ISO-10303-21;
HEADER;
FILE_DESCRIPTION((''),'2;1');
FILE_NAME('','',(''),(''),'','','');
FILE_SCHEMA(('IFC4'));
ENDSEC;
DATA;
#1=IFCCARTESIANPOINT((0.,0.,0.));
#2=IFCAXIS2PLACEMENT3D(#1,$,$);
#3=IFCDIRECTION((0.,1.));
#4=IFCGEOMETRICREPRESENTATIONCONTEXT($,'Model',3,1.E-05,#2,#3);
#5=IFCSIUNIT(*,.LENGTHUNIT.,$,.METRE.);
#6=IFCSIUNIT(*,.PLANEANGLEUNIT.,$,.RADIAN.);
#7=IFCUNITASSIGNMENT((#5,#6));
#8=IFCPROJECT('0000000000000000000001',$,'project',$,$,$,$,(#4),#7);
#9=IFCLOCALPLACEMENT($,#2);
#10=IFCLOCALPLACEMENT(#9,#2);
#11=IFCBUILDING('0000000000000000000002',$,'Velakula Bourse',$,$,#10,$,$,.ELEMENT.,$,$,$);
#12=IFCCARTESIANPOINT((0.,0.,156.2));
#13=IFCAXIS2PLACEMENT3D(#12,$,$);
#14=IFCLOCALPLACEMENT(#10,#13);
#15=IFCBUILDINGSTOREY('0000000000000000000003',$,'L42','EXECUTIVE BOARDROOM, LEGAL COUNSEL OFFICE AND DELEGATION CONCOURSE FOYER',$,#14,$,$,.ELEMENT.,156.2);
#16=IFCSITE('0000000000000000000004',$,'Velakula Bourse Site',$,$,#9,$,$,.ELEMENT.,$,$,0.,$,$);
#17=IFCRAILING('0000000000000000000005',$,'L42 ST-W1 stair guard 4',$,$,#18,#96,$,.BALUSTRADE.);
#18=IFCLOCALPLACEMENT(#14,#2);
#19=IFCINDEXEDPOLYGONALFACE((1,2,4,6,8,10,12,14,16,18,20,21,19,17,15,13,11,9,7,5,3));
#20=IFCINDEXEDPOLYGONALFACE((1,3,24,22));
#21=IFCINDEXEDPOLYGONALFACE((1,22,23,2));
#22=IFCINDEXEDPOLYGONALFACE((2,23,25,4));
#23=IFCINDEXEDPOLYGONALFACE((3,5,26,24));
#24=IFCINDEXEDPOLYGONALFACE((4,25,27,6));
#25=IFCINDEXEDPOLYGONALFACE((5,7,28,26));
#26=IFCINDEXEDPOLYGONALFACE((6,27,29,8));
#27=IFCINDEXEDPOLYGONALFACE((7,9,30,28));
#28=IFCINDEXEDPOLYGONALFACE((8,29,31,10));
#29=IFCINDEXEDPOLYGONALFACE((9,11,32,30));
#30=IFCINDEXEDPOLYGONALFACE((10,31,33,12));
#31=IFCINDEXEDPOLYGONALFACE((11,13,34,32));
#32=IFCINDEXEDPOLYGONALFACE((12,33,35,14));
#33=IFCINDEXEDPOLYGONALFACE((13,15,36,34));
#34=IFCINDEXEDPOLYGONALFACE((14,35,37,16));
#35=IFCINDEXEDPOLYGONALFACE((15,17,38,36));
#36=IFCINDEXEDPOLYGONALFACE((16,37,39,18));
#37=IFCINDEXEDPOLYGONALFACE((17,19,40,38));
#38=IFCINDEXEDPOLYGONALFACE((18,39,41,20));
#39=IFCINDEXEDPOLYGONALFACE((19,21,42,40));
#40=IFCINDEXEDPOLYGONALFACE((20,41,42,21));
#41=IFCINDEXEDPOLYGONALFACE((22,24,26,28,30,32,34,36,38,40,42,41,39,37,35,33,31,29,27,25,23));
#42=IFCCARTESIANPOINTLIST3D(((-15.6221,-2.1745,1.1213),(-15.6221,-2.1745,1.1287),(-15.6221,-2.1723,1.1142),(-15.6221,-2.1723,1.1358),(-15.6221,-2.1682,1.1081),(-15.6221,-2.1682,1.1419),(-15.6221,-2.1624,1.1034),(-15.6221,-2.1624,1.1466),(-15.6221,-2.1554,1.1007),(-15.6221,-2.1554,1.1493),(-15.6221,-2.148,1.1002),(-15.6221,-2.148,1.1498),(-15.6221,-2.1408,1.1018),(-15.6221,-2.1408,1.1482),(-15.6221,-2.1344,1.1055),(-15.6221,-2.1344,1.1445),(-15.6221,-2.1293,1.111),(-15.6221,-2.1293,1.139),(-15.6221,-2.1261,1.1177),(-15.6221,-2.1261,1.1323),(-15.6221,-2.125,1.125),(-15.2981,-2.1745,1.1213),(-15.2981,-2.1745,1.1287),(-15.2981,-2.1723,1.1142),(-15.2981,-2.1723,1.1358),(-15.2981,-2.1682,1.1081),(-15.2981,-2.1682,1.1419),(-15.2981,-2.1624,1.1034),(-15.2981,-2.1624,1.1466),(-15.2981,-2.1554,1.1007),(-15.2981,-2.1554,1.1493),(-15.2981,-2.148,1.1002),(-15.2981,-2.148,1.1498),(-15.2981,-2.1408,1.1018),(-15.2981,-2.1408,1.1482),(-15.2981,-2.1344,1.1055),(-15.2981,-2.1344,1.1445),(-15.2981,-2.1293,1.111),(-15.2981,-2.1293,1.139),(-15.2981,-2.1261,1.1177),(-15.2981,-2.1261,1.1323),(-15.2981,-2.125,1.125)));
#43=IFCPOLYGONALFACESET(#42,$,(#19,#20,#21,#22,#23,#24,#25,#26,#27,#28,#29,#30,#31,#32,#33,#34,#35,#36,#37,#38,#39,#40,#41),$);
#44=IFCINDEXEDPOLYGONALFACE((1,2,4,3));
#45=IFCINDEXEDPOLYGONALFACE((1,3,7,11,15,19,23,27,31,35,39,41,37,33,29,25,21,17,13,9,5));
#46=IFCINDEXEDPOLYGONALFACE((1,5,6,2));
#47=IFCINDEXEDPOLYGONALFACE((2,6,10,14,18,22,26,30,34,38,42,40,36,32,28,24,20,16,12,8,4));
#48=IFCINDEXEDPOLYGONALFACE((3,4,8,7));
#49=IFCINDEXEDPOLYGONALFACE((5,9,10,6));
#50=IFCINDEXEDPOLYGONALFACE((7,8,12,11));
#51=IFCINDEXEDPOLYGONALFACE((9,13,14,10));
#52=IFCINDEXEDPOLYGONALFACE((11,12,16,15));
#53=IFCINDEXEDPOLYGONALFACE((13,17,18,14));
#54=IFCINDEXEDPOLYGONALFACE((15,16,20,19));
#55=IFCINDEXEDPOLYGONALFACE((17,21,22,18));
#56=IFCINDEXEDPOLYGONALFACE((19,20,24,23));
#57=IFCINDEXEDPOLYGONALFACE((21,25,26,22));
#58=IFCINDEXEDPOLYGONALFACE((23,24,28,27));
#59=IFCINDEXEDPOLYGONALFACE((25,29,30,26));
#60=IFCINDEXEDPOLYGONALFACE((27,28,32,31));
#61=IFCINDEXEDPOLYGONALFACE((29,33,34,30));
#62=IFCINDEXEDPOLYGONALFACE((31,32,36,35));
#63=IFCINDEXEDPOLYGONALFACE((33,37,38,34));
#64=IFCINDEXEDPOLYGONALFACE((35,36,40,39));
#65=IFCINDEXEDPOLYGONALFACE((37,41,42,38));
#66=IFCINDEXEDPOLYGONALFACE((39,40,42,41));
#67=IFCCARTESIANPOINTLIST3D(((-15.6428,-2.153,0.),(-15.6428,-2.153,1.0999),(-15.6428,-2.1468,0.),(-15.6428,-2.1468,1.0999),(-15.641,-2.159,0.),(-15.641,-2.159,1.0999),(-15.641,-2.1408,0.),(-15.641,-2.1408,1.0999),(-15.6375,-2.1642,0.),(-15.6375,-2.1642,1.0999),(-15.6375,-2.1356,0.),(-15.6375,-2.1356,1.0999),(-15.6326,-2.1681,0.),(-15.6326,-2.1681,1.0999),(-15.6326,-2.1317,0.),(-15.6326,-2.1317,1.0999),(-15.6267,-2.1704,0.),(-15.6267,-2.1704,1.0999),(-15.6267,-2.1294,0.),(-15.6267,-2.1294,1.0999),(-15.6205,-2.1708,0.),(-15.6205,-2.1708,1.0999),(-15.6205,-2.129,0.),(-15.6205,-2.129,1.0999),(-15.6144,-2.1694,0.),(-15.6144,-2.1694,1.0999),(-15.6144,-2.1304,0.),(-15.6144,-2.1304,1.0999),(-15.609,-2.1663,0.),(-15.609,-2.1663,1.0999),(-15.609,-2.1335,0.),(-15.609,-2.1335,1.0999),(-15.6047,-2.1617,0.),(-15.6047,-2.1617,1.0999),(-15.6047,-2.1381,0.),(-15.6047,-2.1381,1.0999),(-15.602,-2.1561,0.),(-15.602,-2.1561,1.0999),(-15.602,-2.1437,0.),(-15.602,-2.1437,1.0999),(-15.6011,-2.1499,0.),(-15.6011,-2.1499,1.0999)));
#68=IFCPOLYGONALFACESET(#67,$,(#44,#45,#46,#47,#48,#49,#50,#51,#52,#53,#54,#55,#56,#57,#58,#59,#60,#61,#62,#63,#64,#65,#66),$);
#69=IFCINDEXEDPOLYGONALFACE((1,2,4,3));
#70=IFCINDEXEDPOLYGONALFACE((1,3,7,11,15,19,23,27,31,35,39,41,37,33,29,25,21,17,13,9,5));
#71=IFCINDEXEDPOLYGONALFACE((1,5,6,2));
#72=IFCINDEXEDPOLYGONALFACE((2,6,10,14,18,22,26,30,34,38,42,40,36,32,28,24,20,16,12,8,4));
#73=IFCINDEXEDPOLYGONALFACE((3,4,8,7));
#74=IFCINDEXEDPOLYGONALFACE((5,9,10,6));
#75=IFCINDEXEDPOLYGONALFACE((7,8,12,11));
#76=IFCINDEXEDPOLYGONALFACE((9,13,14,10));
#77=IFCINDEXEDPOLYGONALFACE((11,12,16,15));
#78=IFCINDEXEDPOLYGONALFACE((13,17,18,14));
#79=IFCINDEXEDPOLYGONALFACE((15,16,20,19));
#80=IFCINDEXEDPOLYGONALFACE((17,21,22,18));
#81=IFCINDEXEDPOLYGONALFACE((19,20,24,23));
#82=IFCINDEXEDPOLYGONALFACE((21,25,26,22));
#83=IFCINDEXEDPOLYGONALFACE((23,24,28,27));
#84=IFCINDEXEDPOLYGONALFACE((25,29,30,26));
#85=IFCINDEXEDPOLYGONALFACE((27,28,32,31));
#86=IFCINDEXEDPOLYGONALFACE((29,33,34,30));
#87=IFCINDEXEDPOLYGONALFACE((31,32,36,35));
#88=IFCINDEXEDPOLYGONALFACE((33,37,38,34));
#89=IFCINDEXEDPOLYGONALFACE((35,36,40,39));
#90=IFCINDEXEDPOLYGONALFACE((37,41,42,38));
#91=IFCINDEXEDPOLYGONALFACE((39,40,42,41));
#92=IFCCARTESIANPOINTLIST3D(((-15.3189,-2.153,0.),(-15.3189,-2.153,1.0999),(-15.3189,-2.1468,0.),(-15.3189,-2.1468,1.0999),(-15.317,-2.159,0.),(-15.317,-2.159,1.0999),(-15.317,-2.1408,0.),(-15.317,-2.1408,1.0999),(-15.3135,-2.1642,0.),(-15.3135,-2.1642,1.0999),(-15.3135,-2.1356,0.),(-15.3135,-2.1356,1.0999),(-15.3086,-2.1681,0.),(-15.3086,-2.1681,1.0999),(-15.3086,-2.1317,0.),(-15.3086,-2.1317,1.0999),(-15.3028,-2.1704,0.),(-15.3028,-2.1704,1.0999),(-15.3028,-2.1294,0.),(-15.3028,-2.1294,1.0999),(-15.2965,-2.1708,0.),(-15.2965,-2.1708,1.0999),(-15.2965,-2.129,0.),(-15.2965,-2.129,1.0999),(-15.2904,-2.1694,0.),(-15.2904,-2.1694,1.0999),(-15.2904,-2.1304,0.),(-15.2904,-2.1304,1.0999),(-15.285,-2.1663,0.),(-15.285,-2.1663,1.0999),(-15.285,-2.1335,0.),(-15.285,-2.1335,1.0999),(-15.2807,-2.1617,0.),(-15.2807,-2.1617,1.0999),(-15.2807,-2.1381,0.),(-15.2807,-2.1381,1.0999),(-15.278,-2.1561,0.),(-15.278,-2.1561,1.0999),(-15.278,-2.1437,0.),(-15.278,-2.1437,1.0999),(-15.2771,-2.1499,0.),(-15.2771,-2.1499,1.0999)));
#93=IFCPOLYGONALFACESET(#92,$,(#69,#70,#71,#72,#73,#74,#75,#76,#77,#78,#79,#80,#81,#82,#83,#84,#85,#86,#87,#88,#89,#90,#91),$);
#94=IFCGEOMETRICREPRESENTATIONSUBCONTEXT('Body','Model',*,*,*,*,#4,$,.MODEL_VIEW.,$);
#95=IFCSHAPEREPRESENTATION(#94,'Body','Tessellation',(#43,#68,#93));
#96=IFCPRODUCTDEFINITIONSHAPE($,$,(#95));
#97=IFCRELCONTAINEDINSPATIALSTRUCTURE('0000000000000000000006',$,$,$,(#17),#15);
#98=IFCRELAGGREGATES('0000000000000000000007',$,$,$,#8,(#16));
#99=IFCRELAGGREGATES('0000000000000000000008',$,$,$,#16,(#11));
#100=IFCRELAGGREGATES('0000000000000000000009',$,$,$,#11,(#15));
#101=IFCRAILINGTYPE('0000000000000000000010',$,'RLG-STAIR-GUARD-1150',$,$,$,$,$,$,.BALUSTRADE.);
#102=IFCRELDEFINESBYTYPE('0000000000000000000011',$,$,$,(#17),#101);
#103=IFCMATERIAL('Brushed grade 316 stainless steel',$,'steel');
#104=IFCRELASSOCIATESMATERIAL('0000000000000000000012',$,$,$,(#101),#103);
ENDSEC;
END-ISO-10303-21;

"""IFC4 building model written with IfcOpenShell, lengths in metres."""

from ifc_helpers import new_model, si_unit, direction, frame, origin, origin_2d, place, context, subcontext, project, spatial, circle, extrude, material, type_object, element, save


model = new_model("IFC4")

# Units and contexts
model_context = context("Model", 3, precision=1e-05, world=origin(), true_north=direction((0.0, 1.0)))
body_context = subcontext(model_context, "Body", "Model", "MODEL_VIEW")
ifc_project = project(units=[si_unit("LENGTHUNIT", "METRE"), si_unit("PLANEANGLEUNIT", "RADIAN")], contexts=[model_context])

# Site, building, storey
site_placement = place(None, origin())
site = spatial("IfcSite", under=ifc_project, at=site_placement, Name="Velakula Bourse Site", CompositionType="ELEMENT", RefElevation=0.0)
building_placement = place(site_placement, origin())
building = spatial("IfcBuilding", under=site, at=building_placement, Name="Velakula Bourse", CompositionType="ELEMENT")
storey_placement = place(building_placement, frame((0.0, 0.0, 156.2)))
storey = spatial("IfcBuildingStorey", under=building, at=storey_placement, Name="L42", Description="EXECUTIVE BOARDROOM, LEGAL COUNSEL OFFICE AND DELEGATION CONCOURSE FOYER", CompositionType="ELEMENT", Elevation=156.2)

# Shared definitions
ifc_material_1 = material(Name="Brushed grade 316 stainless steel", Category="steel")

# Railing
railing_type_1 = type_object("IfcRailingType", Name="RLG-STAIR-GUARD-1150", PredefinedType="BALUSTRADE", material=ifc_material_1)
railing_1_placement = place(storey_placement, frame((-15.6221, -2.1499, 0.0)))
element("IfcRailing", 1, at=railing_1_placement, inside=storey, type_object=railing_type_1, Name="L42 ST-W1 stair guard 4", PredefinedType="BALUSTRADE", context=body_context, shape_type="SweptSolid", body=[
    extrude(circle(Radius=0.0249, at=origin_2d()), frame((0.0, 0.0, 1.125), z_axis=(1.0, 0.0, 0.0), x_axis=(0.0, 1.0, 0.0)), (0.0, 0.0, 1.0), 0.324),
    extrude(circle(Radius=0.021, at=origin_2d()), origin(), (0.0, 0.0, 1.0), 1.0999),
    extrude(circle(Radius=0.021, at=origin_2d()), frame((0.324, 0.0, 0.0)), (0.0, 0.0, 1.0), 1.0999),
])

save(model, "model.ifc")
